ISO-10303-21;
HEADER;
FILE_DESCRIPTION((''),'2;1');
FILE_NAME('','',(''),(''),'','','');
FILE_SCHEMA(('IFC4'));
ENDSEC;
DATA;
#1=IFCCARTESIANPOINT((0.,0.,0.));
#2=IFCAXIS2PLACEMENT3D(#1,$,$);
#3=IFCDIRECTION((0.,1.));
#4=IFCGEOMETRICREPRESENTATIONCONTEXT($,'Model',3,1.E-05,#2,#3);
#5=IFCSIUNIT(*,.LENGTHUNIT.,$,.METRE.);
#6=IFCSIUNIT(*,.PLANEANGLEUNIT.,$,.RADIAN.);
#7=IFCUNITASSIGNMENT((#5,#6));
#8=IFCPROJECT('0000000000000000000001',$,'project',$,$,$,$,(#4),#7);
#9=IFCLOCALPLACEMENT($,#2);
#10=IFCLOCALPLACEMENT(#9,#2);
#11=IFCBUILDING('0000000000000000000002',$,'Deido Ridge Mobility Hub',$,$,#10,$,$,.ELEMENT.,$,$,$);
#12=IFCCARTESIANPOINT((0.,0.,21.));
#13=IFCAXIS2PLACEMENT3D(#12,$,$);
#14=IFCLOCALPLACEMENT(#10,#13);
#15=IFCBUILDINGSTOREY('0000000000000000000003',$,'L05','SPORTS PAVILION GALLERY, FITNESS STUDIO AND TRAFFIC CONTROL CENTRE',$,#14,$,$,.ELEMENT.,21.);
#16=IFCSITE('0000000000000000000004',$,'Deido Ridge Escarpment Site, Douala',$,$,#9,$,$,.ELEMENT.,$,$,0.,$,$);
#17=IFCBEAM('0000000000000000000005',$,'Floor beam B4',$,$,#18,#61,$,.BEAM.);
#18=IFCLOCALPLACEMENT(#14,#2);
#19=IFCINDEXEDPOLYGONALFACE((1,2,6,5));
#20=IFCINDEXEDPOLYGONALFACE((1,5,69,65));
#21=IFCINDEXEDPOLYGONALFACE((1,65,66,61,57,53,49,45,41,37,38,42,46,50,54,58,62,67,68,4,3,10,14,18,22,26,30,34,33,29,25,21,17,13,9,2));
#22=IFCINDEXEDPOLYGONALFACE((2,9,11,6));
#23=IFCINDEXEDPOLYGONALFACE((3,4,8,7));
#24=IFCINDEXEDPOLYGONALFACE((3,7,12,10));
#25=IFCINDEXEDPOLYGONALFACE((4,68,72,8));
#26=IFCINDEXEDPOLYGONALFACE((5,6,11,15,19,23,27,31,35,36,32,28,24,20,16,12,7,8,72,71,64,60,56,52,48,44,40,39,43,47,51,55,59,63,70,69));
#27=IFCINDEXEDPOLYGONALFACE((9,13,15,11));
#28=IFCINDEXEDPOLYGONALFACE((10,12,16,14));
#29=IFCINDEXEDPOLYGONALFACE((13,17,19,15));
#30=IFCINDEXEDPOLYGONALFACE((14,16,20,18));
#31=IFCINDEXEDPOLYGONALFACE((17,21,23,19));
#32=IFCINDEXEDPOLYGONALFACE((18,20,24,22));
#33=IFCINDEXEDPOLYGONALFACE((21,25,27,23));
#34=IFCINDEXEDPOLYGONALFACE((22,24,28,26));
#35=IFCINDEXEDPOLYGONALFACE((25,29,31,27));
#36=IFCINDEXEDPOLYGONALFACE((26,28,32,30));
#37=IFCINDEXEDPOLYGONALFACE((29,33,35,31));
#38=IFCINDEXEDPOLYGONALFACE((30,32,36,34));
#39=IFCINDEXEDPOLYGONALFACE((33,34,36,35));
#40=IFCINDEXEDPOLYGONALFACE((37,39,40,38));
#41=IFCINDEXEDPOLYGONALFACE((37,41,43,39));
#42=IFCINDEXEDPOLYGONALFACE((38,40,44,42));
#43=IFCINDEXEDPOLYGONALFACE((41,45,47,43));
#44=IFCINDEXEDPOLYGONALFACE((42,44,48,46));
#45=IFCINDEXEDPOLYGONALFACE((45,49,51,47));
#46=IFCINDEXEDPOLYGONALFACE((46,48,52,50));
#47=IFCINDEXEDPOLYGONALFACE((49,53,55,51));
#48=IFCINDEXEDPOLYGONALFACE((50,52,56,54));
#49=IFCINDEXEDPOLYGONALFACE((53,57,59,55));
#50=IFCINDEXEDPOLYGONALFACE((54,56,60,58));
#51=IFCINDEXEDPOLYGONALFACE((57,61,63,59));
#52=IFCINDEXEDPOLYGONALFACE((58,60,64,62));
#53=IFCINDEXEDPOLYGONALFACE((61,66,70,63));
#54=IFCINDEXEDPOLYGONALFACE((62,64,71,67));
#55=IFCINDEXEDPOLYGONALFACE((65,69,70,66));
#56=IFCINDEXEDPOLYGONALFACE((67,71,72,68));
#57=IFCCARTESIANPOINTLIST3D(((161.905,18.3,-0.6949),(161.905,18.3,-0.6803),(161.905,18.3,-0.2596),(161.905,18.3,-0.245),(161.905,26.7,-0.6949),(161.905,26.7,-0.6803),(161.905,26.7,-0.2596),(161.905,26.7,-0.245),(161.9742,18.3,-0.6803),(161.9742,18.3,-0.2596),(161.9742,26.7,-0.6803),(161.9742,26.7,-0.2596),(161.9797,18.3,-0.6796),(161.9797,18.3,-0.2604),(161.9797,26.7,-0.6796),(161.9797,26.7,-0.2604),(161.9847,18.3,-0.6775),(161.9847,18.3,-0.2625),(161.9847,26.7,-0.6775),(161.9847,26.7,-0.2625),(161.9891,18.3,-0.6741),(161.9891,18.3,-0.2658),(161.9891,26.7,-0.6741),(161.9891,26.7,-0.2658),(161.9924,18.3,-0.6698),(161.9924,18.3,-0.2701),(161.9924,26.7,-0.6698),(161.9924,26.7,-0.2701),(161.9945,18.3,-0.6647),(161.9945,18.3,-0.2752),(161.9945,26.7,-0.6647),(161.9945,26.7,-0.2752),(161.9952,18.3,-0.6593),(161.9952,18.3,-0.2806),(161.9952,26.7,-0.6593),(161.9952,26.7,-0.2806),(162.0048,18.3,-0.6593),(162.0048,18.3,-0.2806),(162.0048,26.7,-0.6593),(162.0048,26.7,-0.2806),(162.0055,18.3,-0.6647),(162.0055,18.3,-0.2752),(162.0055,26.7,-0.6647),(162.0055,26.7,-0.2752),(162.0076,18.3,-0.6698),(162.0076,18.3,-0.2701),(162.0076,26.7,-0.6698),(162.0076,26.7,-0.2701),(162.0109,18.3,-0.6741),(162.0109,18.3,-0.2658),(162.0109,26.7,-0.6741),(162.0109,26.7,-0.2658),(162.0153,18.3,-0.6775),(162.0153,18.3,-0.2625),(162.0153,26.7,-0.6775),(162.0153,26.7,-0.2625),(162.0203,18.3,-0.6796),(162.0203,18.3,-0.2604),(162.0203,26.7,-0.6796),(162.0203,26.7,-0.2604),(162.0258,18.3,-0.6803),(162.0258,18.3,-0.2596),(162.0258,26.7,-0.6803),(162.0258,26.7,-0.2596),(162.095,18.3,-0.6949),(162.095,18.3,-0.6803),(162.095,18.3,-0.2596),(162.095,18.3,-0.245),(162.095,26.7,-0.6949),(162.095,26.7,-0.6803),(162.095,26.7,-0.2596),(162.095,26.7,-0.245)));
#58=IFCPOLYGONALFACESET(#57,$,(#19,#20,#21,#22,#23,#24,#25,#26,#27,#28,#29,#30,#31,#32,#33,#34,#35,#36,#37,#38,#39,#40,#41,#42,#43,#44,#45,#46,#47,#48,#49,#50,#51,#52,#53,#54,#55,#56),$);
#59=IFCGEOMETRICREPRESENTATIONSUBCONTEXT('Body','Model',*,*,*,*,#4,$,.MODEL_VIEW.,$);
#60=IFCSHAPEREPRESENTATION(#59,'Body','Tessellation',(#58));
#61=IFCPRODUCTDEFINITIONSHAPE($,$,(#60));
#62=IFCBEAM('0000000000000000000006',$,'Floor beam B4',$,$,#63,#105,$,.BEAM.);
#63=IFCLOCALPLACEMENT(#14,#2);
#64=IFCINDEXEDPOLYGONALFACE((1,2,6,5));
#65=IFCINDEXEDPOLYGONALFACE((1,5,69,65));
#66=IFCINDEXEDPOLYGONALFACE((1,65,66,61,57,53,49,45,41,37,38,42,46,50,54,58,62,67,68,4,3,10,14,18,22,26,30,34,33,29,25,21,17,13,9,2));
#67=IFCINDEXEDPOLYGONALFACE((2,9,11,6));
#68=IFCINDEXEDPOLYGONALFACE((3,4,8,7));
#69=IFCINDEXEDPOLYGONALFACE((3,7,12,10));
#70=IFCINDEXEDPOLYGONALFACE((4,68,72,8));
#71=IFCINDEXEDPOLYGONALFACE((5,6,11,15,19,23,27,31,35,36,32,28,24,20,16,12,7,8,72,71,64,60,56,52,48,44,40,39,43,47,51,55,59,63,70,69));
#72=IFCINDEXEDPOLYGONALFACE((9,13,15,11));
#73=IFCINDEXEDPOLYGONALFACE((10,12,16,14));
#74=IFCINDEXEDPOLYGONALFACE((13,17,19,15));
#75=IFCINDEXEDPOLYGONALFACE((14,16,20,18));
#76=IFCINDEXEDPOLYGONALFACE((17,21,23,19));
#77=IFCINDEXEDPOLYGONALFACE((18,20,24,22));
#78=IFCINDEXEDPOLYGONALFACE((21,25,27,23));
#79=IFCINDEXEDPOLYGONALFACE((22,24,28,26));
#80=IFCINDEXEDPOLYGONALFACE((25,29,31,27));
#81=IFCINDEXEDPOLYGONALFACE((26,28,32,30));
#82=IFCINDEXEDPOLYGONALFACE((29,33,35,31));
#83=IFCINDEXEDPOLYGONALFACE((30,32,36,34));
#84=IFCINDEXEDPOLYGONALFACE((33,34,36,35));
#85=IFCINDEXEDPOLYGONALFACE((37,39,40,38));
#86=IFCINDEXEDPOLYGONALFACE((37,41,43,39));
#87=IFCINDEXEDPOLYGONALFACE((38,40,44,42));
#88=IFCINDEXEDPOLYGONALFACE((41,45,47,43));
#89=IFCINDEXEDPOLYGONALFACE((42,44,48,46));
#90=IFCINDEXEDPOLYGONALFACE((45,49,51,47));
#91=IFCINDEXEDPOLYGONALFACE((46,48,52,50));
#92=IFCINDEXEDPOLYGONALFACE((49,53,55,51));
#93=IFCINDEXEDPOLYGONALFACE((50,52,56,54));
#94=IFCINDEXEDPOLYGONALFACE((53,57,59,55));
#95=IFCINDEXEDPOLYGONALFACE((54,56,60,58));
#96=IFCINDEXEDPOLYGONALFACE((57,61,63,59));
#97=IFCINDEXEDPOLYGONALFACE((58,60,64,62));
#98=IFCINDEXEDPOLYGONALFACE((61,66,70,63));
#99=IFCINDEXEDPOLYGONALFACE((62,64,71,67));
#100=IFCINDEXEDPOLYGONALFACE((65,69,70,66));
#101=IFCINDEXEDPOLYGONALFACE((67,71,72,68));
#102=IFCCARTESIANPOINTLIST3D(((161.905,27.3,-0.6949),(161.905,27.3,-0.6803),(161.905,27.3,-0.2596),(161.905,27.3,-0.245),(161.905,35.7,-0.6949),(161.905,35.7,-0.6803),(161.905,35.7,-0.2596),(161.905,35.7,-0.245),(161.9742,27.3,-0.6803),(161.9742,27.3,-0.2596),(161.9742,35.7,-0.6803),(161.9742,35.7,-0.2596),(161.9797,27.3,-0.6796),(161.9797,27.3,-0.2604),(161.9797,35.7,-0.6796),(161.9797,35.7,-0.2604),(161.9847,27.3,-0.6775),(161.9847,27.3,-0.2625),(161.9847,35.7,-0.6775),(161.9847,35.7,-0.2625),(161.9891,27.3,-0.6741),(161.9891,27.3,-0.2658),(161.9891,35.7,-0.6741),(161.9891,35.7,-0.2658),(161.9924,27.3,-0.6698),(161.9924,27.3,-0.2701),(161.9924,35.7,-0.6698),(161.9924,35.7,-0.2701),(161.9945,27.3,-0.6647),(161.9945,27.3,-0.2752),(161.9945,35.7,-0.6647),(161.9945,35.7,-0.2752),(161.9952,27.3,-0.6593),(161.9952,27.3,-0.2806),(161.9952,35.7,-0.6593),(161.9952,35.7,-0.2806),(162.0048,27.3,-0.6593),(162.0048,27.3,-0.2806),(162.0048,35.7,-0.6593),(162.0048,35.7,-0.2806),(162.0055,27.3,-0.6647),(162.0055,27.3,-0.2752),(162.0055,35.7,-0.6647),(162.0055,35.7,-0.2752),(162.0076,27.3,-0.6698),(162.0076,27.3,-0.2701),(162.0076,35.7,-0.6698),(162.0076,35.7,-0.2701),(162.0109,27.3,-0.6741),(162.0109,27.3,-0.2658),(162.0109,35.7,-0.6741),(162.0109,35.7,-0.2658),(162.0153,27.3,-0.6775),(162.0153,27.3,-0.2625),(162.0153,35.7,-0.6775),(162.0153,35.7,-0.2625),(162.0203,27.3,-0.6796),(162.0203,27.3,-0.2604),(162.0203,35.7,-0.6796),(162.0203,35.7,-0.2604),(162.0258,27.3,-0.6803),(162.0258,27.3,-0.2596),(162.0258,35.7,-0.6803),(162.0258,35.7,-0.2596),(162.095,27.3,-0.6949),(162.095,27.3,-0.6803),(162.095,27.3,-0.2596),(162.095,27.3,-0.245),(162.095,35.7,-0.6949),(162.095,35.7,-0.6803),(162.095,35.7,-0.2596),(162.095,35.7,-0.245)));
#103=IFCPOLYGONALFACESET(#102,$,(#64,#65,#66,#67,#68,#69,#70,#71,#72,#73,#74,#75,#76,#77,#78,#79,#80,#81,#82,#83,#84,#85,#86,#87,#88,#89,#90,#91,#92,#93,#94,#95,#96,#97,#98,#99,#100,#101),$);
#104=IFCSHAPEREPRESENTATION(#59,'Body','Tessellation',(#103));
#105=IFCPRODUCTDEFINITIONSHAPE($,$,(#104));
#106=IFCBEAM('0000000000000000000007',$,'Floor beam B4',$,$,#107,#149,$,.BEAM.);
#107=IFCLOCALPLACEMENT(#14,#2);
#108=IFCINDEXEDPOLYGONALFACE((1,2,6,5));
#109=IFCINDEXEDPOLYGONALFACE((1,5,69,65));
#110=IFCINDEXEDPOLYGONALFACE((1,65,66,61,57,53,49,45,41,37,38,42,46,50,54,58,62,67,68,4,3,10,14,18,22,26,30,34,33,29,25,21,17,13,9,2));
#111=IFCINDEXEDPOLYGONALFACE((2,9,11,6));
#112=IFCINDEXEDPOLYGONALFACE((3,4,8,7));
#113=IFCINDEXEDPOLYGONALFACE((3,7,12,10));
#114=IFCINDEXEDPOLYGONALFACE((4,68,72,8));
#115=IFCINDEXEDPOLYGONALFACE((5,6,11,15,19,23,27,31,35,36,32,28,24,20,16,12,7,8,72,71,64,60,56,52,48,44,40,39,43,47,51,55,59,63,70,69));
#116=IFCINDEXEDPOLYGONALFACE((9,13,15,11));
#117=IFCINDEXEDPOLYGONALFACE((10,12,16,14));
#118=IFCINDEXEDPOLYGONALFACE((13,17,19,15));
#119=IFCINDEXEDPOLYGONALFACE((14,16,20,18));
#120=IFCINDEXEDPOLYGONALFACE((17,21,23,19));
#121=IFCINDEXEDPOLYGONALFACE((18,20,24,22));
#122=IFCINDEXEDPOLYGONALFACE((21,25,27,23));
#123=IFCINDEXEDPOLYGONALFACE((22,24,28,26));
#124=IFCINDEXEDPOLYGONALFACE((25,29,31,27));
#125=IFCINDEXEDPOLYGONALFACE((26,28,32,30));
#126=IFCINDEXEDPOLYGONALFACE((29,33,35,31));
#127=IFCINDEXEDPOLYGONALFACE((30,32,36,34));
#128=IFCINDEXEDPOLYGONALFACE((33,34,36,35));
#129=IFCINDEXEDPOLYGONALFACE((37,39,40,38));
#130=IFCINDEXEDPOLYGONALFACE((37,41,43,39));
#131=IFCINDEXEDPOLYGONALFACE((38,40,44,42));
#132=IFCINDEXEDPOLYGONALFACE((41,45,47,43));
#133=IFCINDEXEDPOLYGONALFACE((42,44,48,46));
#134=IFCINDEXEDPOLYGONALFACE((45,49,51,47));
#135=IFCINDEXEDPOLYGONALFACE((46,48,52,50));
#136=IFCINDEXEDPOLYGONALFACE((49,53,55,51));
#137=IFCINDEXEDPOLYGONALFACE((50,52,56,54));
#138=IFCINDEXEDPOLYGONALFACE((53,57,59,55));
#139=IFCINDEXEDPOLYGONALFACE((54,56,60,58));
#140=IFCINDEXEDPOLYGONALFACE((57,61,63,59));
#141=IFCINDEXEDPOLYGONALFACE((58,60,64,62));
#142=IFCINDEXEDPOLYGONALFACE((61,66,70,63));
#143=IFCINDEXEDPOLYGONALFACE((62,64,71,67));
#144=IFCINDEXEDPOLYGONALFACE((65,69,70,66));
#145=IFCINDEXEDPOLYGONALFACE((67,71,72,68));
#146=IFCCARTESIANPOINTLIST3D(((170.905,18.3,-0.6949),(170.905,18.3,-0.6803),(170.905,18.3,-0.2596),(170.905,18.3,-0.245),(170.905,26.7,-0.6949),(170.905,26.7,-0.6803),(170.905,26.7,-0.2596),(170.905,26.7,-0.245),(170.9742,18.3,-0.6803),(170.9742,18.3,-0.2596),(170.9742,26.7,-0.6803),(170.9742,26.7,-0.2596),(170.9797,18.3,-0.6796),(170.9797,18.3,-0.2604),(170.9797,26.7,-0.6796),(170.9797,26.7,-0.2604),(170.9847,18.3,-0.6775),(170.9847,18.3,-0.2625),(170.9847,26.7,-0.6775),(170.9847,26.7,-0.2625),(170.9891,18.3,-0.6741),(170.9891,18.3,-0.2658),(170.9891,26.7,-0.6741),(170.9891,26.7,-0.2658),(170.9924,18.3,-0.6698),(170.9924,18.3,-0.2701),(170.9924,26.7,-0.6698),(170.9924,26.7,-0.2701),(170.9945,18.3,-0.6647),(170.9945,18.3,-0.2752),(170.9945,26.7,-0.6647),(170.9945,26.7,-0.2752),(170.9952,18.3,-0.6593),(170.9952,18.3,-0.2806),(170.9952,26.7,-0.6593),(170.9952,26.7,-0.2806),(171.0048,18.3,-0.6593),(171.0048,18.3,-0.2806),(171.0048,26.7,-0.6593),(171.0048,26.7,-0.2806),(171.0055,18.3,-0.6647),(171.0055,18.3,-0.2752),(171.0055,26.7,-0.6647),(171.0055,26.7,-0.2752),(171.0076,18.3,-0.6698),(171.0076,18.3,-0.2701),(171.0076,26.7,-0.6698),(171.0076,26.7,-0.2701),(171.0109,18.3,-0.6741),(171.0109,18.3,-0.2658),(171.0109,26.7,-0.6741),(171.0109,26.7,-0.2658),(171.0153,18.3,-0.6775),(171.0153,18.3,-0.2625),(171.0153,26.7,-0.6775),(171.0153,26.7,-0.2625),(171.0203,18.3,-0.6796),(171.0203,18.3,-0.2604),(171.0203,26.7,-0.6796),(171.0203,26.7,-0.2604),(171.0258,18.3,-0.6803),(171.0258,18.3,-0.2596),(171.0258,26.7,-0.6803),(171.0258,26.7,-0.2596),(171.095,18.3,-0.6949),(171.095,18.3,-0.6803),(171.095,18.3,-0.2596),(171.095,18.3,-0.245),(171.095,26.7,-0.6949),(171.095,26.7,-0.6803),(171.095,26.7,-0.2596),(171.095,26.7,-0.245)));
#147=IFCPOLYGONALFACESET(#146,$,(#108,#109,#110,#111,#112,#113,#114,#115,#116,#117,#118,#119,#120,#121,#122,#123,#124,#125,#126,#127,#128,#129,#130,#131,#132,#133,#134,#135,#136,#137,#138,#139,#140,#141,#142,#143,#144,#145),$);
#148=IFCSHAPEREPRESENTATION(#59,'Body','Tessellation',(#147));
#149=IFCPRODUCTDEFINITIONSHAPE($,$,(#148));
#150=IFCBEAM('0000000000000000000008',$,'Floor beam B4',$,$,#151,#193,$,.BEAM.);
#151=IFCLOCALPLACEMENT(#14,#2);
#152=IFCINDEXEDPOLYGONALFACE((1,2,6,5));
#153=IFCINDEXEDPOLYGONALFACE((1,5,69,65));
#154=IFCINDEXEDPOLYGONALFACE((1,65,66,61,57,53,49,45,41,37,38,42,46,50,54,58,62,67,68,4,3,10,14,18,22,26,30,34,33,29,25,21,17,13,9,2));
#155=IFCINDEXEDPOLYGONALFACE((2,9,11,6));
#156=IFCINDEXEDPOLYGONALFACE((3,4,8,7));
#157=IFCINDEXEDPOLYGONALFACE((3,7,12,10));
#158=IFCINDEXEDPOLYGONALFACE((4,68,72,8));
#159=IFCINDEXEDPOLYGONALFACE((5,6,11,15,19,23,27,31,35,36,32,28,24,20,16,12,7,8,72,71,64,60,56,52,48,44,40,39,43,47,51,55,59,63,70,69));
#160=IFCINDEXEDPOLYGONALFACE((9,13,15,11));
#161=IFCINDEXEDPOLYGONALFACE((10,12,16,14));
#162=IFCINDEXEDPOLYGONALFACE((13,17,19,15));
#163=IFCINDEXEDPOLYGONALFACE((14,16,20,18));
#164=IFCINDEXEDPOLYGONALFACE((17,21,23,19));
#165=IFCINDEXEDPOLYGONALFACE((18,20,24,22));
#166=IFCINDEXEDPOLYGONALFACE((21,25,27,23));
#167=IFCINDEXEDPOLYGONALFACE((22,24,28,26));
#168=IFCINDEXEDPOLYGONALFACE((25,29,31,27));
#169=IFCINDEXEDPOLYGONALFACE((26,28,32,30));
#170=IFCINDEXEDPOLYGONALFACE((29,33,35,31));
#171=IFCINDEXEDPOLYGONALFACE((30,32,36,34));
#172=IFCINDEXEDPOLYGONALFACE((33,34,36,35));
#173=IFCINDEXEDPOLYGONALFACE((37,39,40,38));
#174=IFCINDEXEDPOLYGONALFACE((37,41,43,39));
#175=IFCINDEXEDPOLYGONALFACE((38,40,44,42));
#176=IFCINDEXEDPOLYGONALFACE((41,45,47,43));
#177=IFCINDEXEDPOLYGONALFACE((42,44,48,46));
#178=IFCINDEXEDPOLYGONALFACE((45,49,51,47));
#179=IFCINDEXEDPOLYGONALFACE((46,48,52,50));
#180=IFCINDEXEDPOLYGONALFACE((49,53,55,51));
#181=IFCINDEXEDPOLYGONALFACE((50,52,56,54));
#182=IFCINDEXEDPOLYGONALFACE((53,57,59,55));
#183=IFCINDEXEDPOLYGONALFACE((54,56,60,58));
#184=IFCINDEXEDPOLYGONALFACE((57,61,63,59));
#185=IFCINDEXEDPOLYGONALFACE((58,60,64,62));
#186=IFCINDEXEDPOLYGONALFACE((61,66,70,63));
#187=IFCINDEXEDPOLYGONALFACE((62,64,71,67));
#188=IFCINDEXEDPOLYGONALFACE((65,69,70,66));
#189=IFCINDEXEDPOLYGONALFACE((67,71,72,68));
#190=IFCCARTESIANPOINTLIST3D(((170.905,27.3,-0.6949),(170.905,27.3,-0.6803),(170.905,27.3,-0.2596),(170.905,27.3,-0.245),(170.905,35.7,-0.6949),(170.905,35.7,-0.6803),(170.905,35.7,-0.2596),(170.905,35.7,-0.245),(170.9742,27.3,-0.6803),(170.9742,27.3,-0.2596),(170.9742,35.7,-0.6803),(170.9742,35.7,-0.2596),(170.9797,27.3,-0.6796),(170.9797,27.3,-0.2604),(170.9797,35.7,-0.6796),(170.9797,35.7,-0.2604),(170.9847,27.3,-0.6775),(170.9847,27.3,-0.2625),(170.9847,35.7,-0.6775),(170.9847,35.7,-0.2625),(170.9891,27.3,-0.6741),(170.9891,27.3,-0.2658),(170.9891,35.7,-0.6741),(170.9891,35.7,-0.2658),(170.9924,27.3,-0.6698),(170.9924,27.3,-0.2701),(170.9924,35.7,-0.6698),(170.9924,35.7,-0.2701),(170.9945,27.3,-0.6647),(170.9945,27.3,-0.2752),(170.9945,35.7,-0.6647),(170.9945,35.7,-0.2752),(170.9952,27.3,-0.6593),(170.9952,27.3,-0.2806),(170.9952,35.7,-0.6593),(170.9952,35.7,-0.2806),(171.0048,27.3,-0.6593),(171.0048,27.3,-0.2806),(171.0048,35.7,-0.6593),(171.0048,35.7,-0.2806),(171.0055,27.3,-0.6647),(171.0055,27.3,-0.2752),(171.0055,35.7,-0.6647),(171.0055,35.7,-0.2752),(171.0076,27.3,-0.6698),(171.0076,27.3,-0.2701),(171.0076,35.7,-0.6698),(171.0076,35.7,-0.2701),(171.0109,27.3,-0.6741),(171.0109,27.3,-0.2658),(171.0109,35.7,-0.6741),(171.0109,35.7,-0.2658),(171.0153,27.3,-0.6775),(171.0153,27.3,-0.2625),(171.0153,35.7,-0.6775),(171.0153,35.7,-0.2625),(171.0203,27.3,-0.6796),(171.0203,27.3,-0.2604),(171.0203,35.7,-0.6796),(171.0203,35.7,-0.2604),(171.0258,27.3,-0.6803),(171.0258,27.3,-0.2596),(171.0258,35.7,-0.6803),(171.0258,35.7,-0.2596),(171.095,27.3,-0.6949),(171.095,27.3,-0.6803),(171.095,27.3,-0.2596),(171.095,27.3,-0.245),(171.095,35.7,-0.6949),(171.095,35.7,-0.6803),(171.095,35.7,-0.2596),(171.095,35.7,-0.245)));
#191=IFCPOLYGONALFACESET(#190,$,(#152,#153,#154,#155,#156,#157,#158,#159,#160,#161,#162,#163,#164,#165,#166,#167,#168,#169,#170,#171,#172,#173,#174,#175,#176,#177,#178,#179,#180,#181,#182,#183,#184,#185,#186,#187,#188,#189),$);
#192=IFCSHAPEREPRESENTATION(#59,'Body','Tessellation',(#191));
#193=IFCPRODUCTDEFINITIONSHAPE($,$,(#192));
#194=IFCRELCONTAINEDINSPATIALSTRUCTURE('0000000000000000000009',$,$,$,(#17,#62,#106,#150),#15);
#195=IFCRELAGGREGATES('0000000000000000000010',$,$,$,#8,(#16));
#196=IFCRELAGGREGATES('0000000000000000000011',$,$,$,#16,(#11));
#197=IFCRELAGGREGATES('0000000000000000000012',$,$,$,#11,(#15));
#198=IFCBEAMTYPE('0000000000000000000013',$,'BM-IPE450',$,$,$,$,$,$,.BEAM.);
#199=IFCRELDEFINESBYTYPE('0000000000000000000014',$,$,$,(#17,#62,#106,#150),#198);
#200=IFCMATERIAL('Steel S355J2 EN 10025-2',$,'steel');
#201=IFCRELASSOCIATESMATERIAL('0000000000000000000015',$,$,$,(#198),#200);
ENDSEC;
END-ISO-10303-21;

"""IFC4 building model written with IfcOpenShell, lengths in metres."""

from ifc_helpers import new_model, si_unit, direction, frame, origin, origin_2d, place, context, subcontext, project, spatial, i_section, extrude, material, material_profile, profile_set, type_object, element, save


model = new_model("IFC4")

# Units and contexts
model_context = context("Model", 3, precision=1e-05, world=origin(), true_north=direction((0.0, 1.0)))
body_context = subcontext(model_context, "Body", "Model", "MODEL_VIEW")
ifc_project = project(units=[si_unit("LENGTHUNIT", "METRE"), si_unit("PLANEANGLEUNIT", "RADIAN")], contexts=[model_context])

# Site, building, storey
site_placement = place(None, origin())
site = spatial("IfcSite", under=ifc_project, at=site_placement, Name="Deido Ridge Escarpment Site, Douala", CompositionType="ELEMENT", RefElevation=0.0)
building_placement = place(site_placement, origin())
building = spatial("IfcBuilding", under=site, at=building_placement, Name="Deido Ridge Mobility Hub", CompositionType="ELEMENT")
storey_placement = place(building_placement, frame((0.0, 0.0, 21.0)))
storey = spatial("IfcBuildingStorey", under=building, at=storey_placement, Name="L05", Description="SPORTS PAVILION GALLERY, FITNESS STUDIO AND TRAFFIC CONTROL CENTRE", CompositionType="ELEMENT", Elevation=21.0)

# Shared definitions
ifc_material_1 = material(Name="Steel S355J2 EN 10025-2", Category="steel")

# Beams
ifc_material_profile_1 = material_profile(ifc_material_1, i_section(OverallWidth=0.1899, OverallDepth=0.45, WebThickness=0.0095, FlangeThickness=0.0146, FilletRadius=0.021, at=origin_2d()), Name="IPE 450")
ifc_profile_set_1 = profile_set([ifc_material_profile_1], Name="Steel S355J2 EN 10025-2")
beam_type_1 = type_object("IfcBeamType", Name="BM-IPE450", PredefinedType="BEAM", material=ifc_profile_set_1)
for number, where, z_axis, x_axis, name in (
    (1, (162.0, 18.3, -0.47), (0.0, 1.0, 0.0), (-1.0, 0.0, 0.0), "Floor beam B4"),
    (2, (162.0, 27.3, -0.47), (0.0, 1.0, 0.0), (-1.0, 0.0, 0.0), "Floor beam B4"),
    (3, (171.0, 18.3, -0.47), (0.0, 1.0, 0.0), (-1.0, 0.0, 0.0), "Floor beam B4"),
    (4, (171.0, 27.3, -0.47), (0.0, 1.0, 0.0), (-1.0, 0.0, 0.0), "Floor beam B4"),
):
    element("IfcBeam", number, at=place(storey_placement, frame(where, z_axis=z_axis, x_axis=x_axis)), inside=storey, type_object=beam_type_1, Name=name, PredefinedType="BEAM", context=body_context, shape_type="SweptSolid", body=[
        extrude(i_section(OverallWidth=0.1899, OverallDepth=0.45, WebThickness=0.0095, FlangeThickness=0.0146, FilletRadius=0.021, at=origin_2d()), origin(), (0.0, 0.0, 1.0), 8.3999),
    ])

save(model, "model.ifc")
